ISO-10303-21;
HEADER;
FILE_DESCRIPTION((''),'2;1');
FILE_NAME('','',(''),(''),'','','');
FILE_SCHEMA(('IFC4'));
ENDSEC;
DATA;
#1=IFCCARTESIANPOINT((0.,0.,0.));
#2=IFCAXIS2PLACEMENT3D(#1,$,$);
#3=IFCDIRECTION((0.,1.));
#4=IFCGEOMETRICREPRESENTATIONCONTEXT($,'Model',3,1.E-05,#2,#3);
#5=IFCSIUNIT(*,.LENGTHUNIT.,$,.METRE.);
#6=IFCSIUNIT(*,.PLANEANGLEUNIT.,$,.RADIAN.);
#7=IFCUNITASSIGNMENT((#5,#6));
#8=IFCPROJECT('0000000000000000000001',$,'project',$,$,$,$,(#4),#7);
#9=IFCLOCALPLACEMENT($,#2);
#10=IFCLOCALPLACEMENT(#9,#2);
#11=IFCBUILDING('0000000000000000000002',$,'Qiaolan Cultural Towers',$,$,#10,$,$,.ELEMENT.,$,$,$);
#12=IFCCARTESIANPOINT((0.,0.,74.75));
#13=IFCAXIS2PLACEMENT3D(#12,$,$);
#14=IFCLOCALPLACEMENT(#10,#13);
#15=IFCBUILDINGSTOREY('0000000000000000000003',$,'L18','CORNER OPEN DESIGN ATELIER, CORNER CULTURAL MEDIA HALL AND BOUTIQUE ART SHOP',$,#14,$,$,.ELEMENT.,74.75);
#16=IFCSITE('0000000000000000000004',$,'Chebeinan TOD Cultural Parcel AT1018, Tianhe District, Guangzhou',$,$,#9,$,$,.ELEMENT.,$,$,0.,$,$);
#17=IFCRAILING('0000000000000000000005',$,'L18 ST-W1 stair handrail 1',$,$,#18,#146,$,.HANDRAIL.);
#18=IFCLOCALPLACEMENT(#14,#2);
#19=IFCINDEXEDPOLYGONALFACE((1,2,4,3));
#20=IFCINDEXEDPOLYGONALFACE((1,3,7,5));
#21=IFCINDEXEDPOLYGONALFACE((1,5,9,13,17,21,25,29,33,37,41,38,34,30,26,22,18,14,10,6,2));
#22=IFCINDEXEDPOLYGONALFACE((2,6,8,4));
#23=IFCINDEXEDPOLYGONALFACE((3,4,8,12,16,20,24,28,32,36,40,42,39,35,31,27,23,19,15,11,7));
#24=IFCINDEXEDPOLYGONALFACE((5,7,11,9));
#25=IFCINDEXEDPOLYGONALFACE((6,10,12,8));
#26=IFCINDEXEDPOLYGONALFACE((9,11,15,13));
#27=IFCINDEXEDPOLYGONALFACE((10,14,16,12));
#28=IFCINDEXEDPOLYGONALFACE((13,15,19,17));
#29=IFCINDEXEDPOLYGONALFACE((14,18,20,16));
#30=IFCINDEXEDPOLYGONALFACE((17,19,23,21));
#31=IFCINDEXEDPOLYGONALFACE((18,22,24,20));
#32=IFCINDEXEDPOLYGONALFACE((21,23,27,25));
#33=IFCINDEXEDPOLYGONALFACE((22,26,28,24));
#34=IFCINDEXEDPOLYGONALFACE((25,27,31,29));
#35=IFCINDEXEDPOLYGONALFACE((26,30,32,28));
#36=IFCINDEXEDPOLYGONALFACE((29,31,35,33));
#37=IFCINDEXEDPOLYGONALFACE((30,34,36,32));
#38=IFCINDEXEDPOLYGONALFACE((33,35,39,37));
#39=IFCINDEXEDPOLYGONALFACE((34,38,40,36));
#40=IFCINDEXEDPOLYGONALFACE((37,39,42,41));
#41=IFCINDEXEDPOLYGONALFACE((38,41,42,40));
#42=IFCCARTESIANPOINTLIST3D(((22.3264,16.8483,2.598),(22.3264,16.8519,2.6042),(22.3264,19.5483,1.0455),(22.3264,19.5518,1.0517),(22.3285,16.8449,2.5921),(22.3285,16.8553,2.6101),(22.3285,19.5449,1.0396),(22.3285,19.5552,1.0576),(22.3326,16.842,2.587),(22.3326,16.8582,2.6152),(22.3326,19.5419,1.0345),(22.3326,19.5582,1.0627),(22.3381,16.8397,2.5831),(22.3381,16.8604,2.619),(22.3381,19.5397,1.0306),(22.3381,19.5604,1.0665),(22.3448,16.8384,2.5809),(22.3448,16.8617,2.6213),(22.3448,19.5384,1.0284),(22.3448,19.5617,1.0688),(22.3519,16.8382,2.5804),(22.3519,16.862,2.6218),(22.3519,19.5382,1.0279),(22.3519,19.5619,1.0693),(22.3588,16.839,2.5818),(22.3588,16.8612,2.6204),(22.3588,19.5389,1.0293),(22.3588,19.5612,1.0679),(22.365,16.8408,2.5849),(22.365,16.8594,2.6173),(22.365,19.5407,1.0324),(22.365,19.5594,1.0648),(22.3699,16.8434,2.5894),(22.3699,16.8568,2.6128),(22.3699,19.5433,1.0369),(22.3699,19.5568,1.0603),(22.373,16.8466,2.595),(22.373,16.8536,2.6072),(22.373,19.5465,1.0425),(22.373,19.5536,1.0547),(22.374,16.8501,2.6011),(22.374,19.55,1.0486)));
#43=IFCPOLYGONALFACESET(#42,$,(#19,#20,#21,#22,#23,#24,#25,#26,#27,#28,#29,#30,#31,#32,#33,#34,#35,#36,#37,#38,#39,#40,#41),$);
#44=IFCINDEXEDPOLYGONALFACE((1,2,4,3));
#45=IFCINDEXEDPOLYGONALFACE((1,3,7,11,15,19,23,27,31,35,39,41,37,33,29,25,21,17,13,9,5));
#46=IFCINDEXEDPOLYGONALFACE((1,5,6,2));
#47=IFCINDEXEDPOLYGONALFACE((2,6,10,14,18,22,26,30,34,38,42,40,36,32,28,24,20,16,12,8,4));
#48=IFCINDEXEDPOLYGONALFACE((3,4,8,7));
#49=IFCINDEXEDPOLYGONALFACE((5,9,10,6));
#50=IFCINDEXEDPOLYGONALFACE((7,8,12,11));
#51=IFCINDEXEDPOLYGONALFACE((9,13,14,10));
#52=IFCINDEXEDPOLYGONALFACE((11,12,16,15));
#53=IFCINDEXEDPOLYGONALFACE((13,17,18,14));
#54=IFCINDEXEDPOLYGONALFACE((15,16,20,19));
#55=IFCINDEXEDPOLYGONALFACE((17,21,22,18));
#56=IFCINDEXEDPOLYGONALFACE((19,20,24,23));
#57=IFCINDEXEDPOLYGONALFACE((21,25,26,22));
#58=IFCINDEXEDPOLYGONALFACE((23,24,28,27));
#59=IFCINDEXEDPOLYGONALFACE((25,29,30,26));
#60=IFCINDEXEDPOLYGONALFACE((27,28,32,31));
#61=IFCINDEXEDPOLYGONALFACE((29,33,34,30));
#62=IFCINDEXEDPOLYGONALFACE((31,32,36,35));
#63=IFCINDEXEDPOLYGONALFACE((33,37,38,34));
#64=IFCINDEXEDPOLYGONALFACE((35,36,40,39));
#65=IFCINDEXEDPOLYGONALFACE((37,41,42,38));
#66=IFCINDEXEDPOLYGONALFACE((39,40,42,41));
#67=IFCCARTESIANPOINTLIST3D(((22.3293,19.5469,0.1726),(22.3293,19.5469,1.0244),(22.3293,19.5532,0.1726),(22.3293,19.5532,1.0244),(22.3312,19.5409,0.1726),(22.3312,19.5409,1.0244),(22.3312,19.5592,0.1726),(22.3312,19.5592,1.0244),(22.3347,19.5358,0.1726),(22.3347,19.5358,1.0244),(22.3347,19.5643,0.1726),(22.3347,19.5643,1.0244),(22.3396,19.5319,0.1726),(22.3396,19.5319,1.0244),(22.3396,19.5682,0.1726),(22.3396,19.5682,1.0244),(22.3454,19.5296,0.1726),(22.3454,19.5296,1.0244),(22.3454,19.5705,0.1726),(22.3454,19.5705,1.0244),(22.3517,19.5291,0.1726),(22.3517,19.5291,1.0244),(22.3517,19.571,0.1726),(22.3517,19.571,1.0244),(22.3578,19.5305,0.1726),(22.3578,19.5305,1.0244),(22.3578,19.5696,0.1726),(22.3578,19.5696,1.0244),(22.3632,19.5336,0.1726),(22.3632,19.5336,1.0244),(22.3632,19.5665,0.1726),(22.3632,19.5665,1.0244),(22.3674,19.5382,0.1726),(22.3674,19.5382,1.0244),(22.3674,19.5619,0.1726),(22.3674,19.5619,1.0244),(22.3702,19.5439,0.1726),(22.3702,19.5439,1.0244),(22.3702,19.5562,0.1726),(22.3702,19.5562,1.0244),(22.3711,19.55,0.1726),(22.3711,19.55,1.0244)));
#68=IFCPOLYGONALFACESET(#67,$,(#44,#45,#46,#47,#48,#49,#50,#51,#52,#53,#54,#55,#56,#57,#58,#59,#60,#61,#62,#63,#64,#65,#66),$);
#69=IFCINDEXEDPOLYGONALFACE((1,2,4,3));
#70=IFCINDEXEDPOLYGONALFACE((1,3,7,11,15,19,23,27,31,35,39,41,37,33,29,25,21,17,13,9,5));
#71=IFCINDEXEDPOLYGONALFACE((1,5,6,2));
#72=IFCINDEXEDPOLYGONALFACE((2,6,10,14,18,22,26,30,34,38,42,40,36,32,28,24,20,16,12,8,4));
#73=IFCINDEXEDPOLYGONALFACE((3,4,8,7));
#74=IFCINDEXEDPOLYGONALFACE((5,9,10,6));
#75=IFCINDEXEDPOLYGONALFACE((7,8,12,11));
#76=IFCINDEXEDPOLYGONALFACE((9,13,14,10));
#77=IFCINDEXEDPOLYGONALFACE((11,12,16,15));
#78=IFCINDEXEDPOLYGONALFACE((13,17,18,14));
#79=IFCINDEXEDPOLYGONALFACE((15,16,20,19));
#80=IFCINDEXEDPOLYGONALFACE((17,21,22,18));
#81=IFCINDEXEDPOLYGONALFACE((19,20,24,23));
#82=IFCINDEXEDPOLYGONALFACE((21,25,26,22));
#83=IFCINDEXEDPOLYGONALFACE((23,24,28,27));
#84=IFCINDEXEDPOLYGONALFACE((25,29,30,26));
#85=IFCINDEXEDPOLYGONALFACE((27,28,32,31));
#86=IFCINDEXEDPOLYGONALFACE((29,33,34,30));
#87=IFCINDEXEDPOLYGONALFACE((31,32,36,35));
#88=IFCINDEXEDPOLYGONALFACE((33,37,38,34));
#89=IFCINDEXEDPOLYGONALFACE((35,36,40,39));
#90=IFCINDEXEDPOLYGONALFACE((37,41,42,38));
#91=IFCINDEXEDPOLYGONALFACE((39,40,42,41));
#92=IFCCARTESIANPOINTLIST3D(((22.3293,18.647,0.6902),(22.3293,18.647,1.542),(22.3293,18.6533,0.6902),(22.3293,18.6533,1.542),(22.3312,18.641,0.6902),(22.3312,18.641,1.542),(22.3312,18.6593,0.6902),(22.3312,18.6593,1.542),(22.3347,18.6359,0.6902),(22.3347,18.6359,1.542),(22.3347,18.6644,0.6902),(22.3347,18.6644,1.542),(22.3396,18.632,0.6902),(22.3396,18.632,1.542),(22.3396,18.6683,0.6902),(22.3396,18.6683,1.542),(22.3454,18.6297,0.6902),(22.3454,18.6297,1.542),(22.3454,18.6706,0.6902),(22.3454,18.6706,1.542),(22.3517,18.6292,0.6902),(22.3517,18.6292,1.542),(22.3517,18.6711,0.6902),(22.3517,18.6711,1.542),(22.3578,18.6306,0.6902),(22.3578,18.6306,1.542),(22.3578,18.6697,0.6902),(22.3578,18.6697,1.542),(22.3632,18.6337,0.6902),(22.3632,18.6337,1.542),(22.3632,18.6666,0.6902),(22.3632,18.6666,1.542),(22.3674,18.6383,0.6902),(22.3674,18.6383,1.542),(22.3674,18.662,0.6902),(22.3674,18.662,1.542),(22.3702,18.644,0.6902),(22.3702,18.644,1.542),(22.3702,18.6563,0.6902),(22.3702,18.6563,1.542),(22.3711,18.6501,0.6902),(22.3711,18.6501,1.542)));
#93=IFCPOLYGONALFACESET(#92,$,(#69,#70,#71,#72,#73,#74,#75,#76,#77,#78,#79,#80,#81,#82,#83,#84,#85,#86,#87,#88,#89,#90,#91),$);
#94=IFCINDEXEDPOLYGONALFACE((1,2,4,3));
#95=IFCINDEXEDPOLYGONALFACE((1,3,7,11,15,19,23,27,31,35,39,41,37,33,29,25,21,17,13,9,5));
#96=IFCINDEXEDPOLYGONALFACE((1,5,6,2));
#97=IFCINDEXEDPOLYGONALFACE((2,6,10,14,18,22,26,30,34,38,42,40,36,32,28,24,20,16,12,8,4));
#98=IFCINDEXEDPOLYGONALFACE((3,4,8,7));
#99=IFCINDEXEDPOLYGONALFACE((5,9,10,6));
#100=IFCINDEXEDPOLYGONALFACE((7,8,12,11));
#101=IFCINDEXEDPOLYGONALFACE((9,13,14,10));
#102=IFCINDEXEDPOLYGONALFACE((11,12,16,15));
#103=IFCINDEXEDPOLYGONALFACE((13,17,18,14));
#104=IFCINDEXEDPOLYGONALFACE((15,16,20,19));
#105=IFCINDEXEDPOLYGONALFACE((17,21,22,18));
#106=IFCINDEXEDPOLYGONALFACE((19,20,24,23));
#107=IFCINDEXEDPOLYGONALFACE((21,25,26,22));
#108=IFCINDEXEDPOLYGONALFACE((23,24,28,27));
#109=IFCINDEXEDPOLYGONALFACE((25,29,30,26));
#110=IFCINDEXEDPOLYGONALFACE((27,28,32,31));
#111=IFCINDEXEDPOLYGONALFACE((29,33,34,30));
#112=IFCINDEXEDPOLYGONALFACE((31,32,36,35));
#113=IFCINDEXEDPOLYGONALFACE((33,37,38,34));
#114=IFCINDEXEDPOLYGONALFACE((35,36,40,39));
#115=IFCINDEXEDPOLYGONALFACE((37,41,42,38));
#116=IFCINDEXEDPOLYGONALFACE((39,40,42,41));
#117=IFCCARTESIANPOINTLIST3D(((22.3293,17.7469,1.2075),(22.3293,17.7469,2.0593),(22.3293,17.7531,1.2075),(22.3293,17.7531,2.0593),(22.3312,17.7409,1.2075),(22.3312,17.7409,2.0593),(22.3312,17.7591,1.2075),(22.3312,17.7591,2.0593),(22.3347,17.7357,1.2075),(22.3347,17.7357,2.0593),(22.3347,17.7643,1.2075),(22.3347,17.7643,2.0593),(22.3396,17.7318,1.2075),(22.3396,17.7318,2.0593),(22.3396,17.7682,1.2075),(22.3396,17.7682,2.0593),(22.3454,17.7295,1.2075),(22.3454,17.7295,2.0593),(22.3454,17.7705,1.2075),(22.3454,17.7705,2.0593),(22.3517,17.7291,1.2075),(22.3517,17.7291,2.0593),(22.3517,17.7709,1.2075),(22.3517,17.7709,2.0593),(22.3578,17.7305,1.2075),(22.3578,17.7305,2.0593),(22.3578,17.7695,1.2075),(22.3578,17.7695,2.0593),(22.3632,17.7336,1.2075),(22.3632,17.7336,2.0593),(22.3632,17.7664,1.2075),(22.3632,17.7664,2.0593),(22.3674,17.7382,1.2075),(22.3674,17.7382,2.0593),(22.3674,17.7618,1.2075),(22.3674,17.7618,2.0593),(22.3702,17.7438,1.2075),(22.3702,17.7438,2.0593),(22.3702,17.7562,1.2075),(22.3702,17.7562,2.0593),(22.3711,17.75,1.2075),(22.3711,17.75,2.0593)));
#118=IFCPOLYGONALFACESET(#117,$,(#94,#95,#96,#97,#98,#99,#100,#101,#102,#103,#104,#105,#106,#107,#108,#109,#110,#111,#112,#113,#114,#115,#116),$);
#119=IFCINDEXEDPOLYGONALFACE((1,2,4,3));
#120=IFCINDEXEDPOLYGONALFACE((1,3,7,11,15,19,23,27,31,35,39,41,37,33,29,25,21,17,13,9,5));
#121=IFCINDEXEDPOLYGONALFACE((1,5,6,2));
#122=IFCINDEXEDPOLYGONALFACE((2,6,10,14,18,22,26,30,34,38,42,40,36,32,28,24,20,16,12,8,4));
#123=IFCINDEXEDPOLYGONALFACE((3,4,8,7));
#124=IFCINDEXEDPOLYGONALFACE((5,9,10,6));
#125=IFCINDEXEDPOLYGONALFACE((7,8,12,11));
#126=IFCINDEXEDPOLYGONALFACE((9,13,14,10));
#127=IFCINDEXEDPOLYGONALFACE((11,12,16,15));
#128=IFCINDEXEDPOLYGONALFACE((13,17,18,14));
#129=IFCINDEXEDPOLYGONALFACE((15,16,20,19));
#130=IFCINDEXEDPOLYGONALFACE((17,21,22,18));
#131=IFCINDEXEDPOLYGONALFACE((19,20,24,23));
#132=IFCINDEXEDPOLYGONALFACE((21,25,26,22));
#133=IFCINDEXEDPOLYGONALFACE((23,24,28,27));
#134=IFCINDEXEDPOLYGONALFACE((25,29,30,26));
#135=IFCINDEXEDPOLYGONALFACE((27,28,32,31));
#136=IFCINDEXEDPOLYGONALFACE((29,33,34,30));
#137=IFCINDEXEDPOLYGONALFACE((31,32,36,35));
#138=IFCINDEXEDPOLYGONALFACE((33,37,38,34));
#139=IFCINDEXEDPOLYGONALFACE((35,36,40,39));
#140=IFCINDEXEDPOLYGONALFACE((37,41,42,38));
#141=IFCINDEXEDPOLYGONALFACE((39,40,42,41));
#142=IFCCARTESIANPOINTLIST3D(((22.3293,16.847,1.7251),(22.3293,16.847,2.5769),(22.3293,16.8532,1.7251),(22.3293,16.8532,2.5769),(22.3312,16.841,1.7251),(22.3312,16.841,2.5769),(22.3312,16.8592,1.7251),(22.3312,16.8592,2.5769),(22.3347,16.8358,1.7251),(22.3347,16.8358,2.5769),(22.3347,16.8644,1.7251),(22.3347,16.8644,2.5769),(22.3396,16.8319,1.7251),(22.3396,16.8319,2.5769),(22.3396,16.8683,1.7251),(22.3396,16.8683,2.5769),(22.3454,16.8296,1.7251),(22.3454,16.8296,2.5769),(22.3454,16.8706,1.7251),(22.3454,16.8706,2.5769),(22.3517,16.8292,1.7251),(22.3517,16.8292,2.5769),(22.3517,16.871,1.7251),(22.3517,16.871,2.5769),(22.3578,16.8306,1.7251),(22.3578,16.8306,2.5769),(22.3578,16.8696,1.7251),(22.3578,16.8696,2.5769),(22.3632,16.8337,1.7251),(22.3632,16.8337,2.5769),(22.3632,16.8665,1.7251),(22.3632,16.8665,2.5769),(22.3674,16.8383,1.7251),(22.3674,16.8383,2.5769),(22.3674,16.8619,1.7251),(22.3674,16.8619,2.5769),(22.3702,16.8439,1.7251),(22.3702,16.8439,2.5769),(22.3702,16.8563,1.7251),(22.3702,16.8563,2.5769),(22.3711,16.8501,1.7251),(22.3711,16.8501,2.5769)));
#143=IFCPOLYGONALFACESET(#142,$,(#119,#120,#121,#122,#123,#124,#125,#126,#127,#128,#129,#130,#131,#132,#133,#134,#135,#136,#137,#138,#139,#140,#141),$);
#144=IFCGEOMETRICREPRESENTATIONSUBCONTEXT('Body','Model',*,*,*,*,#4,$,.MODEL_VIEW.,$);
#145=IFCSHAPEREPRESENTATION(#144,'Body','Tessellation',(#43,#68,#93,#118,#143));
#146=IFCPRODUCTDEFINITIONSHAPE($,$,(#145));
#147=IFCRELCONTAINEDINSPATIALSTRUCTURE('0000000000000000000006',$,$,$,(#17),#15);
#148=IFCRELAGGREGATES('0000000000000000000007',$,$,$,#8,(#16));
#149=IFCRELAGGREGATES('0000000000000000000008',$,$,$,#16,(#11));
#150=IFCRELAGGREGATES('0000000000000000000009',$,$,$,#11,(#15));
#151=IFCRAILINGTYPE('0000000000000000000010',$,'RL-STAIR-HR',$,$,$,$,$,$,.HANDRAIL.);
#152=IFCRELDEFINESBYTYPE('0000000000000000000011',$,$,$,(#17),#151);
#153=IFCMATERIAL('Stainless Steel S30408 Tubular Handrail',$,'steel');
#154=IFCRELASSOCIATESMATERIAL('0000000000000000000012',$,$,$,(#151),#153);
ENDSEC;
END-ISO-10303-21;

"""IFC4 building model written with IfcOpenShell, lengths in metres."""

from ifc_helpers import new_model, si_unit, direction, frame, origin, origin_2d, place, context, subcontext, project, spatial, circle, extrude, material, type_object, element, save


model = new_model("IFC4")

# Units and contexts
model_context = context("Model", 3, precision=1e-05, world=origin(), true_north=direction((0.0, 1.0)))
body_context = subcontext(model_context, "Body", "Model", "MODEL_VIEW")
ifc_project = project(units=[si_unit("LENGTHUNIT", "METRE"), si_unit("PLANEANGLEUNIT", "RADIAN")], contexts=[model_context])

# Site, building, storey
site_placement = place(None, origin())
site = spatial("IfcSite", under=ifc_project, at=site_placement, Name="Chebeinan TOD Cultural Parcel AT1018, Tianhe District, Guangzhou", CompositionType="ELEMENT", RefElevation=0.0)
building_placement = place(site_placement, origin())
building = spatial("IfcBuilding", under=site, at=building_placement, Name="Qiaolan Cultural Towers", CompositionType="ELEMENT")
storey_placement = place(building_placement, frame((0.0, 0.0, 74.75)))
storey = spatial("IfcBuildingStorey", under=building, at=storey_placement, Name="L18", Description="CORNER OPEN DESIGN ATELIER, CORNER CULTURAL MEDIA HALL AND BOUTIQUE ART SHOP", CompositionType="ELEMENT", Elevation=74.75)

# Railing
ifc_material_1 = material(Name="Stainless Steel S30408 Tubular Handrail", Category="steel")
railing_type_1 = type_object("IfcRailingType", Name="RL-STAIR-HR", PredefinedType="HANDRAIL", material=ifc_material_1)
railing_1_placement = place(storey_placement, frame((22.3501, 19.55, 0.1726)))
element("IfcRailing", 1, at=railing_1_placement, inside=storey, type_object=railing_type_1, Name="L18 ST-W1 stair handrail 1", PredefinedType="HANDRAIL", context=body_context, shape_type="SweptSolid", body=[
    extrude(circle(Radius=0.0239, at=origin_2d()), frame((0.0, 0.0, 0.876), z_axis=(0.0, -0.866904, 0.498476), x_axis=(1.0, 0.0, 0.0)), (0.0, 0.0, 1.0), 3.1145),
    extrude(circle(Radius=0.021, at=origin_2d()), origin(), (0.0, 0.0, 1.0), 0.8518),
    extrude(circle(Radius=0.021, at=origin_2d()), frame((0.0, -0.8999, 0.5176)), (0.0, 0.0, 1.0), 0.8518),
    extrude(circle(Radius=0.021, at=origin_2d()), frame((0.0, -1.8, 1.0349)), (0.0, 0.0, 1.0), 0.8518),
    extrude(circle(Radius=0.021, at=origin_2d()), frame((0.0, -2.7, 1.5525)), (0.0, 0.0, 1.0), 0.8518),
])

save(model, "model.ifc")
